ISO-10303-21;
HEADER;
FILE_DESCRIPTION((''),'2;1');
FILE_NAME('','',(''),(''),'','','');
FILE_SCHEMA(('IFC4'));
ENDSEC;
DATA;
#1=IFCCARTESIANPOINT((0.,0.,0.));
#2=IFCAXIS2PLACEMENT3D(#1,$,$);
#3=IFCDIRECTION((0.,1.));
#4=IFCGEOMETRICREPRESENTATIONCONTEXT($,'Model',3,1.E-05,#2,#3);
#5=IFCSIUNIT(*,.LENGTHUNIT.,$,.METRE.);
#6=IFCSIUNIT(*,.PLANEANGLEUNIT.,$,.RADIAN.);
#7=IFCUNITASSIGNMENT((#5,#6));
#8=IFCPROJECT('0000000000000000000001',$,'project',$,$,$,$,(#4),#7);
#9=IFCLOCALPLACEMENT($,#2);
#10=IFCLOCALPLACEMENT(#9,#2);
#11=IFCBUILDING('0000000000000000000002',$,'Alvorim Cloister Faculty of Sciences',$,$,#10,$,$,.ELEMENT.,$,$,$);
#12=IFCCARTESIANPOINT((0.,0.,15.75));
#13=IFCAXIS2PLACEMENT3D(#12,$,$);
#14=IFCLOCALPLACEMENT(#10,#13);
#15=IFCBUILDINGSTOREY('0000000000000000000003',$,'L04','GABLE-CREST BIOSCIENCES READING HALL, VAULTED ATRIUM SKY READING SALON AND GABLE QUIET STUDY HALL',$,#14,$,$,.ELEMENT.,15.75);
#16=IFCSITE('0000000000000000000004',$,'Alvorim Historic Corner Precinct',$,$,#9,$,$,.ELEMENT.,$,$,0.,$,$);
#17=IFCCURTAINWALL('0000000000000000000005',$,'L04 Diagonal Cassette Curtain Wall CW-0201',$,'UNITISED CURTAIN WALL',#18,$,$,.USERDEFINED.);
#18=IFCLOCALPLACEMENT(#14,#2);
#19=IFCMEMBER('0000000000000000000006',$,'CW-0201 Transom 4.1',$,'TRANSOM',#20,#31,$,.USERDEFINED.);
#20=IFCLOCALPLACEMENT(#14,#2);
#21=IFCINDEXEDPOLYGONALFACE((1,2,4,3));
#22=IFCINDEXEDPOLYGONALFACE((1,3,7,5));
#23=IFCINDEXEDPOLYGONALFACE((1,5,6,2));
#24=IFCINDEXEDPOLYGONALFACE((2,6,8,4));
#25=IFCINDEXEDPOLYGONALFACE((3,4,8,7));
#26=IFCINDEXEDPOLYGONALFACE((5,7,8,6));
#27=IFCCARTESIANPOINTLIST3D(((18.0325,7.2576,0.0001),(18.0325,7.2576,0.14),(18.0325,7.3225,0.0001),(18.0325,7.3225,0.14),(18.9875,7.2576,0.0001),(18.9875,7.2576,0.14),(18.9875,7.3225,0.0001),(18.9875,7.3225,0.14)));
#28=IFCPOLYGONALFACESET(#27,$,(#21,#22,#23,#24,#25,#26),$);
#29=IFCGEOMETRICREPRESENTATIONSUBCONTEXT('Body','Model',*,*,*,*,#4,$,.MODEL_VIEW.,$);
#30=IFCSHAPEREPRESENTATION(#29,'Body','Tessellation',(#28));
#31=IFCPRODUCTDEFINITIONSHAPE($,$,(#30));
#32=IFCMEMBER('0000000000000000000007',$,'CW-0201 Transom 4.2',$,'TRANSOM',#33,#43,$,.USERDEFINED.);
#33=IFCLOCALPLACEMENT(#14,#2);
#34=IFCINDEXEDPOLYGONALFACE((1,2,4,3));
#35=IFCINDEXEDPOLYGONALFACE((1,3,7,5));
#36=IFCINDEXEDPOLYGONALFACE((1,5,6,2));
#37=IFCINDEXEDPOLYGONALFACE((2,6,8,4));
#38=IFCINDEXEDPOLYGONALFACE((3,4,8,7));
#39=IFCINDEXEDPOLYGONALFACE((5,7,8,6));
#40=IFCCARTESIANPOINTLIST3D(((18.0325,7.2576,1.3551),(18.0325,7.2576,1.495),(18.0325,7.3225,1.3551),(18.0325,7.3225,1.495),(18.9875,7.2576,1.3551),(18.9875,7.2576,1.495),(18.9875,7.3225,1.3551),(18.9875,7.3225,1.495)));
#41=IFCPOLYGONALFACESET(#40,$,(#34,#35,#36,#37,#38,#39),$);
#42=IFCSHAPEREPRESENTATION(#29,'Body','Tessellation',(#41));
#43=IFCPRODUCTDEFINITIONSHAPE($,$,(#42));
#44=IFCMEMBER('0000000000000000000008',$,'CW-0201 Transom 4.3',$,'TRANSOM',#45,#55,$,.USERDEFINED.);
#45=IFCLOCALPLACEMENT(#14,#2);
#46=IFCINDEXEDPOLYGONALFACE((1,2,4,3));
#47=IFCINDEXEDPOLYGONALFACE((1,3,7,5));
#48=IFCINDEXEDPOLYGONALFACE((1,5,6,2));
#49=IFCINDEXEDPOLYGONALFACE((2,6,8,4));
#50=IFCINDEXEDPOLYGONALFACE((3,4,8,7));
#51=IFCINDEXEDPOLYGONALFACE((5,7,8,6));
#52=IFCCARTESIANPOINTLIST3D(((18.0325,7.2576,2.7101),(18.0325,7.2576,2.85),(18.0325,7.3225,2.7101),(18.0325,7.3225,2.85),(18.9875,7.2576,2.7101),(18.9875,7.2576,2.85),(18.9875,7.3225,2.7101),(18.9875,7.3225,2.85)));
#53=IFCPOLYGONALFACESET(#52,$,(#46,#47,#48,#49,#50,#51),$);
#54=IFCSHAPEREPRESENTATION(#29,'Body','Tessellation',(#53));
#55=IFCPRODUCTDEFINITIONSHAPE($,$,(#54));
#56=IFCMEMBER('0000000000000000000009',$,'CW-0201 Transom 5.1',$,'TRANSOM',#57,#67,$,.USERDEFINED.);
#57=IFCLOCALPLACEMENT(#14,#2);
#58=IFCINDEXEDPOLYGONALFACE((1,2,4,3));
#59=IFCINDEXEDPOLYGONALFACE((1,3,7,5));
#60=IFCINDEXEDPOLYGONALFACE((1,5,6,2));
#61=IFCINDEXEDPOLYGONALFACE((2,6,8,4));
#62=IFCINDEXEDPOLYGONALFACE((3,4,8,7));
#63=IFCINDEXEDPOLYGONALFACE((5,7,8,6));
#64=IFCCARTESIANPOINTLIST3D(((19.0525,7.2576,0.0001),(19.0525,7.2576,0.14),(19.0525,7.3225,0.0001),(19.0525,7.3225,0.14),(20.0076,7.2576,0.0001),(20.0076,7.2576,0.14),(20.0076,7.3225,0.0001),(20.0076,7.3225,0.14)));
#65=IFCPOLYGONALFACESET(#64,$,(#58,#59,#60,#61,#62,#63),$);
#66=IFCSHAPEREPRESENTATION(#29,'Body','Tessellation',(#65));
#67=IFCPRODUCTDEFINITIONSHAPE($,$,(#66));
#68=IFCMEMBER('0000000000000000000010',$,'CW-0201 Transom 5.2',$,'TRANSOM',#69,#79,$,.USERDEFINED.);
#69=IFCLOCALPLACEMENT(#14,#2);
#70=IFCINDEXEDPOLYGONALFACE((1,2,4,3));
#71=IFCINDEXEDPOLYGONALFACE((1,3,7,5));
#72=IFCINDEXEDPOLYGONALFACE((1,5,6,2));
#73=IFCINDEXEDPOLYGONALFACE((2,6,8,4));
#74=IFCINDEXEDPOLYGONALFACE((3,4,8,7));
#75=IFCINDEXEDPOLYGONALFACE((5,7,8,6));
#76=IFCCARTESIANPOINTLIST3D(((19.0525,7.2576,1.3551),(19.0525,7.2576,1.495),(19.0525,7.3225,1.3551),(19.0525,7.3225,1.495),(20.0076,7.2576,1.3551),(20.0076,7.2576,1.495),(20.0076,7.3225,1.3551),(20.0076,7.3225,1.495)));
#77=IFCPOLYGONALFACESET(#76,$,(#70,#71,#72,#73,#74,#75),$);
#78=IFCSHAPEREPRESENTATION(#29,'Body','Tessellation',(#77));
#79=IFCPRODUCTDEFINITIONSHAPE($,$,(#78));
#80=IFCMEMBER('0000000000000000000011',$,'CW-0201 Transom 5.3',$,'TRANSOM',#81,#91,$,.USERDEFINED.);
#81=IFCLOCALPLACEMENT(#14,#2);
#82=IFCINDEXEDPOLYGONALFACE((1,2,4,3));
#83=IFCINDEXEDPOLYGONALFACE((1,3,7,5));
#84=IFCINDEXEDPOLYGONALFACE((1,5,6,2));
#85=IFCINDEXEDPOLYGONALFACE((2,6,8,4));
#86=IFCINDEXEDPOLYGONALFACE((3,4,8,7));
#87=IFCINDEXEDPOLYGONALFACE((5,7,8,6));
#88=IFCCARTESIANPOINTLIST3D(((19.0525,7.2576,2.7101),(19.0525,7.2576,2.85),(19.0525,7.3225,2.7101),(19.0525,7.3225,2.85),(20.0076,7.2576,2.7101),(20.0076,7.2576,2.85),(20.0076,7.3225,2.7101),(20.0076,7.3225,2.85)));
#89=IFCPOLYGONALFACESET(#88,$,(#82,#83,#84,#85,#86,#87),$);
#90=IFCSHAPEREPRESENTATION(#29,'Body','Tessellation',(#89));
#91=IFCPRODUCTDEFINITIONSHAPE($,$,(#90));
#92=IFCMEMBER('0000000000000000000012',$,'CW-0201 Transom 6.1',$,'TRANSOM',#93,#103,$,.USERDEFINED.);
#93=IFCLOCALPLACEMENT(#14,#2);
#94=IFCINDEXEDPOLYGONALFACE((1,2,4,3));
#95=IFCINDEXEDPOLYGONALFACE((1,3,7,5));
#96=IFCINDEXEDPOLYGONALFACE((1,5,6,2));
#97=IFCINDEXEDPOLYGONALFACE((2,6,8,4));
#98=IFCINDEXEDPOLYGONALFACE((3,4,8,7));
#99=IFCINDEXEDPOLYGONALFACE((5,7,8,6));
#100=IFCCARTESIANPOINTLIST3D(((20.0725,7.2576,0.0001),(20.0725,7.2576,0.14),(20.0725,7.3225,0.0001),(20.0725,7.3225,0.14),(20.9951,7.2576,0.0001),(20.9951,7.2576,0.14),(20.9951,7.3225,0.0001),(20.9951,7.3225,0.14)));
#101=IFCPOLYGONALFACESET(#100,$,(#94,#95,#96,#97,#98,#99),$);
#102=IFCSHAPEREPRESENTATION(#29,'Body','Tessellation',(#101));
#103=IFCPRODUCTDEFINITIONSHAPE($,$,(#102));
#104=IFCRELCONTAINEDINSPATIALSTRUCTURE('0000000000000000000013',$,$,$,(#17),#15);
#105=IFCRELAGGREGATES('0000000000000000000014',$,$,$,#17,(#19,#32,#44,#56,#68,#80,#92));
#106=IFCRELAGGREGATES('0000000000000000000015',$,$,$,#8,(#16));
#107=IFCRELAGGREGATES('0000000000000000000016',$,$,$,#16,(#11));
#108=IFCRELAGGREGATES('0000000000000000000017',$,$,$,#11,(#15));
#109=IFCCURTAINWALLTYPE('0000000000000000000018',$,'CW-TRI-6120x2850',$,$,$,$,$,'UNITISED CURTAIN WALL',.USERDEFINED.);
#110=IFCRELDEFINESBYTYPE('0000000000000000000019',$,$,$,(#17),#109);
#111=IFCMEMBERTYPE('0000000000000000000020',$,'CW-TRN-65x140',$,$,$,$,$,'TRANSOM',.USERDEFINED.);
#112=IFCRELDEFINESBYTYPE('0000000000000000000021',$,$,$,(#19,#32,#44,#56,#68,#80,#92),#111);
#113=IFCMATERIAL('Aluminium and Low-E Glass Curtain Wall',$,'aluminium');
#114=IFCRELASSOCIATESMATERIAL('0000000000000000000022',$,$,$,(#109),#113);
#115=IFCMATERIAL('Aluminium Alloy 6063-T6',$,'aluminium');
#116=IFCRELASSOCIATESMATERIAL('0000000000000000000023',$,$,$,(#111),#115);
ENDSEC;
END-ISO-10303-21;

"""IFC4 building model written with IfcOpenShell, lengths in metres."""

from ifc_helpers import new_model, si_unit, direction, frame, origin, origin_2d, place, context, subcontext, project, spatial, rectangle, extrude, material, material_profile, profile_set, type_object, element, aggregate, save


model = new_model("IFC4")

# Units and contexts
model_context = context("Model", 3, precision=1e-05, world=origin(), true_north=direction((0.0, 1.0)))
body_context = subcontext(model_context, "Body", "Model", "MODEL_VIEW")
ifc_project = project(units=[si_unit("LENGTHUNIT", "METRE"), si_unit("PLANEANGLEUNIT", "RADIAN")], contexts=[model_context])

# Site, building, storey
site_placement = place(None, origin())
site = spatial("IfcSite", under=ifc_project, at=site_placement, Name="Alvorim Historic Corner Precinct", CompositionType="ELEMENT", RefElevation=0.0)
building_placement = place(site_placement, origin())
building = spatial("IfcBuilding", under=site, at=building_placement, Name="Alvorim Cloister Faculty of Sciences", CompositionType="ELEMENT")
storey_placement = place(building_placement, frame((0.0, 0.0, 15.75)))
storey = spatial("IfcBuildingStorey", under=building, at=storey_placement, Name="L04", Description="GABLE-CREST BIOSCIENCES READING HALL, VAULTED ATRIUM SKY READING SALON AND GABLE QUIET STUDY HALL", CompositionType="ELEMENT", Elevation=15.75)

# Curtain wall, members
ifc_material_1 = material(Name="Aluminium and Low-E Glass Curtain Wall", Category="aluminium")
curtain_wall_type = type_object("IfcCurtainWallType", Name="CW-TRI-6120x2850", ElementType="UNITISED CURTAIN WALL", PredefinedType="USERDEFINED", material=ifc_material_1)
curtain_wall_placement = place(storey_placement, origin())
curtain_wall = element("IfcCurtainWall", 1, at=curtain_wall_placement, inside=storey, type_object=curtain_wall_type, Name="L04 Diagonal Cassette Curtain Wall CW-0201", ObjectType="UNITISED CURTAIN WALL", PredefinedType="USERDEFINED")
ifc_material_2 = material(Name="Aluminium Alloy 6063-T6", Category="aluminium")
ifc_material_profile_1 = material_profile(ifc_material_2, rectangle(XDim=0.0649, YDim=0.1399, at=origin_2d()), Name="ALU-TRN-65x140")
ifc_profile_set_1 = profile_set([ifc_material_profile_1], Name="Aluminium Alloy 6063-T6")
member_type_1 = type_object("IfcMemberType", Name="CW-TRN-65x140", ElementType="TRANSOM", PredefinedType="USERDEFINED", material=ifc_profile_set_1)
member_1_placement = place(storey_placement, frame((18.0325, 7.29, 0.0701), z_axis=(1.0, 0.0, 0.0), x_axis=(0.0, 1.0, 0.0)))
member_1 = element("IfcMember", 2, at=member_1_placement, type_object=member_type_1, Name="CW-0201 Transom 4.1", ObjectType="TRANSOM", PredefinedType="USERDEFINED", context=body_context, shape_type="SweptSolid", body=[
    extrude(rectangle(XDim=0.0649, YDim=0.1399, at=origin_2d()), origin(), (0.0, 0.0, 1.0), 0.9551),
])
member_2_placement = place(storey_placement, frame((18.0325, 7.29, 1.425), z_axis=(1.0, 0.0, 0.0), x_axis=(0.0, 1.0, 0.0)))
member_2 = element("IfcMember", 3, at=member_2_placement, type_object=member_type_1, Name="CW-0201 Transom 4.2", ObjectType="TRANSOM", PredefinedType="USERDEFINED", context=body_context, shape_type="SweptSolid", body=[
    extrude(rectangle(XDim=0.0649, YDim=0.1399, at=origin_2d()), origin(), (0.0, 0.0, 1.0), 0.9551),
])
member_3_placement = place(storey_placement, frame((18.0325, 7.29, 2.78), z_axis=(1.0, 0.0, 0.0), x_axis=(0.0, 1.0, 0.0)))
member_3 = element("IfcMember", 4, at=member_3_placement, type_object=member_type_1, Name="CW-0201 Transom 4.3", ObjectType="TRANSOM", PredefinedType="USERDEFINED", context=body_context, shape_type="SweptSolid", body=[
    extrude(rectangle(XDim=0.0649, YDim=0.1399, at=origin_2d()), origin(), (0.0, 0.0, 1.0), 0.9551),
])
member_4_placement = place(storey_placement, frame((19.0525, 7.29, 0.0701), z_axis=(1.0, 0.0, 0.0), x_axis=(0.0, 1.0, 0.0)))
member_4 = element("IfcMember", 5, at=member_4_placement, type_object=member_type_1, Name="CW-0201 Transom 5.1", ObjectType="TRANSOM", PredefinedType="USERDEFINED", context=body_context, shape_type="SweptSolid", body=[
    extrude(rectangle(XDim=0.0649, YDim=0.1399, at=origin_2d()), origin(), (0.0, 0.0, 1.0), 0.9551),
])
member_5_placement = place(storey_placement, frame((19.0525, 7.29, 1.425), z_axis=(1.0, 0.0, 0.0), x_axis=(0.0, 1.0, 0.0)))
member_5 = element("IfcMember", 6, at=member_5_placement, type_object=member_type_1, Name="CW-0201 Transom 5.2", ObjectType="TRANSOM", PredefinedType="USERDEFINED", context=body_context, shape_type="SweptSolid", body=[
    extrude(rectangle(XDim=0.0649, YDim=0.1399, at=origin_2d()), origin(), (0.0, 0.0, 1.0), 0.9551),
])
member_6_placement = place(storey_placement, frame((19.0525, 7.29, 2.78), z_axis=(1.0, 0.0, 0.0), x_axis=(0.0, 1.0, 0.0)))
member_6 = element("IfcMember", 7, at=member_6_placement, type_object=member_type_1, Name="CW-0201 Transom 5.3", ObjectType="TRANSOM", PredefinedType="USERDEFINED", context=body_context, shape_type="SweptSolid", body=[
    extrude(rectangle(XDim=0.0649, YDim=0.1399, at=origin_2d()), origin(), (0.0, 0.0, 1.0), 0.9551),
])
member_7_placement = place(storey_placement, frame((20.0725, 7.29, 0.0701), z_axis=(1.0, 0.0, 0.0), x_axis=(0.0, 1.0, 0.0)))
member_7 = element("IfcMember", 8, at=member_7_placement, type_object=member_type_1, Name="CW-0201 Transom 6.1", ObjectType="TRANSOM", PredefinedType="USERDEFINED", context=body_context, shape_type="SweptSolid", body=[
    extrude(rectangle(XDim=0.0649, YDim=0.1399, at=origin_2d()), origin(), (0.0, 0.0, 1.0), 0.9226),
])
aggregate(curtain_wall, [member_1, member_2, member_3, member_4, member_5, member_6, member_7])

save(model, "model.ifc")
